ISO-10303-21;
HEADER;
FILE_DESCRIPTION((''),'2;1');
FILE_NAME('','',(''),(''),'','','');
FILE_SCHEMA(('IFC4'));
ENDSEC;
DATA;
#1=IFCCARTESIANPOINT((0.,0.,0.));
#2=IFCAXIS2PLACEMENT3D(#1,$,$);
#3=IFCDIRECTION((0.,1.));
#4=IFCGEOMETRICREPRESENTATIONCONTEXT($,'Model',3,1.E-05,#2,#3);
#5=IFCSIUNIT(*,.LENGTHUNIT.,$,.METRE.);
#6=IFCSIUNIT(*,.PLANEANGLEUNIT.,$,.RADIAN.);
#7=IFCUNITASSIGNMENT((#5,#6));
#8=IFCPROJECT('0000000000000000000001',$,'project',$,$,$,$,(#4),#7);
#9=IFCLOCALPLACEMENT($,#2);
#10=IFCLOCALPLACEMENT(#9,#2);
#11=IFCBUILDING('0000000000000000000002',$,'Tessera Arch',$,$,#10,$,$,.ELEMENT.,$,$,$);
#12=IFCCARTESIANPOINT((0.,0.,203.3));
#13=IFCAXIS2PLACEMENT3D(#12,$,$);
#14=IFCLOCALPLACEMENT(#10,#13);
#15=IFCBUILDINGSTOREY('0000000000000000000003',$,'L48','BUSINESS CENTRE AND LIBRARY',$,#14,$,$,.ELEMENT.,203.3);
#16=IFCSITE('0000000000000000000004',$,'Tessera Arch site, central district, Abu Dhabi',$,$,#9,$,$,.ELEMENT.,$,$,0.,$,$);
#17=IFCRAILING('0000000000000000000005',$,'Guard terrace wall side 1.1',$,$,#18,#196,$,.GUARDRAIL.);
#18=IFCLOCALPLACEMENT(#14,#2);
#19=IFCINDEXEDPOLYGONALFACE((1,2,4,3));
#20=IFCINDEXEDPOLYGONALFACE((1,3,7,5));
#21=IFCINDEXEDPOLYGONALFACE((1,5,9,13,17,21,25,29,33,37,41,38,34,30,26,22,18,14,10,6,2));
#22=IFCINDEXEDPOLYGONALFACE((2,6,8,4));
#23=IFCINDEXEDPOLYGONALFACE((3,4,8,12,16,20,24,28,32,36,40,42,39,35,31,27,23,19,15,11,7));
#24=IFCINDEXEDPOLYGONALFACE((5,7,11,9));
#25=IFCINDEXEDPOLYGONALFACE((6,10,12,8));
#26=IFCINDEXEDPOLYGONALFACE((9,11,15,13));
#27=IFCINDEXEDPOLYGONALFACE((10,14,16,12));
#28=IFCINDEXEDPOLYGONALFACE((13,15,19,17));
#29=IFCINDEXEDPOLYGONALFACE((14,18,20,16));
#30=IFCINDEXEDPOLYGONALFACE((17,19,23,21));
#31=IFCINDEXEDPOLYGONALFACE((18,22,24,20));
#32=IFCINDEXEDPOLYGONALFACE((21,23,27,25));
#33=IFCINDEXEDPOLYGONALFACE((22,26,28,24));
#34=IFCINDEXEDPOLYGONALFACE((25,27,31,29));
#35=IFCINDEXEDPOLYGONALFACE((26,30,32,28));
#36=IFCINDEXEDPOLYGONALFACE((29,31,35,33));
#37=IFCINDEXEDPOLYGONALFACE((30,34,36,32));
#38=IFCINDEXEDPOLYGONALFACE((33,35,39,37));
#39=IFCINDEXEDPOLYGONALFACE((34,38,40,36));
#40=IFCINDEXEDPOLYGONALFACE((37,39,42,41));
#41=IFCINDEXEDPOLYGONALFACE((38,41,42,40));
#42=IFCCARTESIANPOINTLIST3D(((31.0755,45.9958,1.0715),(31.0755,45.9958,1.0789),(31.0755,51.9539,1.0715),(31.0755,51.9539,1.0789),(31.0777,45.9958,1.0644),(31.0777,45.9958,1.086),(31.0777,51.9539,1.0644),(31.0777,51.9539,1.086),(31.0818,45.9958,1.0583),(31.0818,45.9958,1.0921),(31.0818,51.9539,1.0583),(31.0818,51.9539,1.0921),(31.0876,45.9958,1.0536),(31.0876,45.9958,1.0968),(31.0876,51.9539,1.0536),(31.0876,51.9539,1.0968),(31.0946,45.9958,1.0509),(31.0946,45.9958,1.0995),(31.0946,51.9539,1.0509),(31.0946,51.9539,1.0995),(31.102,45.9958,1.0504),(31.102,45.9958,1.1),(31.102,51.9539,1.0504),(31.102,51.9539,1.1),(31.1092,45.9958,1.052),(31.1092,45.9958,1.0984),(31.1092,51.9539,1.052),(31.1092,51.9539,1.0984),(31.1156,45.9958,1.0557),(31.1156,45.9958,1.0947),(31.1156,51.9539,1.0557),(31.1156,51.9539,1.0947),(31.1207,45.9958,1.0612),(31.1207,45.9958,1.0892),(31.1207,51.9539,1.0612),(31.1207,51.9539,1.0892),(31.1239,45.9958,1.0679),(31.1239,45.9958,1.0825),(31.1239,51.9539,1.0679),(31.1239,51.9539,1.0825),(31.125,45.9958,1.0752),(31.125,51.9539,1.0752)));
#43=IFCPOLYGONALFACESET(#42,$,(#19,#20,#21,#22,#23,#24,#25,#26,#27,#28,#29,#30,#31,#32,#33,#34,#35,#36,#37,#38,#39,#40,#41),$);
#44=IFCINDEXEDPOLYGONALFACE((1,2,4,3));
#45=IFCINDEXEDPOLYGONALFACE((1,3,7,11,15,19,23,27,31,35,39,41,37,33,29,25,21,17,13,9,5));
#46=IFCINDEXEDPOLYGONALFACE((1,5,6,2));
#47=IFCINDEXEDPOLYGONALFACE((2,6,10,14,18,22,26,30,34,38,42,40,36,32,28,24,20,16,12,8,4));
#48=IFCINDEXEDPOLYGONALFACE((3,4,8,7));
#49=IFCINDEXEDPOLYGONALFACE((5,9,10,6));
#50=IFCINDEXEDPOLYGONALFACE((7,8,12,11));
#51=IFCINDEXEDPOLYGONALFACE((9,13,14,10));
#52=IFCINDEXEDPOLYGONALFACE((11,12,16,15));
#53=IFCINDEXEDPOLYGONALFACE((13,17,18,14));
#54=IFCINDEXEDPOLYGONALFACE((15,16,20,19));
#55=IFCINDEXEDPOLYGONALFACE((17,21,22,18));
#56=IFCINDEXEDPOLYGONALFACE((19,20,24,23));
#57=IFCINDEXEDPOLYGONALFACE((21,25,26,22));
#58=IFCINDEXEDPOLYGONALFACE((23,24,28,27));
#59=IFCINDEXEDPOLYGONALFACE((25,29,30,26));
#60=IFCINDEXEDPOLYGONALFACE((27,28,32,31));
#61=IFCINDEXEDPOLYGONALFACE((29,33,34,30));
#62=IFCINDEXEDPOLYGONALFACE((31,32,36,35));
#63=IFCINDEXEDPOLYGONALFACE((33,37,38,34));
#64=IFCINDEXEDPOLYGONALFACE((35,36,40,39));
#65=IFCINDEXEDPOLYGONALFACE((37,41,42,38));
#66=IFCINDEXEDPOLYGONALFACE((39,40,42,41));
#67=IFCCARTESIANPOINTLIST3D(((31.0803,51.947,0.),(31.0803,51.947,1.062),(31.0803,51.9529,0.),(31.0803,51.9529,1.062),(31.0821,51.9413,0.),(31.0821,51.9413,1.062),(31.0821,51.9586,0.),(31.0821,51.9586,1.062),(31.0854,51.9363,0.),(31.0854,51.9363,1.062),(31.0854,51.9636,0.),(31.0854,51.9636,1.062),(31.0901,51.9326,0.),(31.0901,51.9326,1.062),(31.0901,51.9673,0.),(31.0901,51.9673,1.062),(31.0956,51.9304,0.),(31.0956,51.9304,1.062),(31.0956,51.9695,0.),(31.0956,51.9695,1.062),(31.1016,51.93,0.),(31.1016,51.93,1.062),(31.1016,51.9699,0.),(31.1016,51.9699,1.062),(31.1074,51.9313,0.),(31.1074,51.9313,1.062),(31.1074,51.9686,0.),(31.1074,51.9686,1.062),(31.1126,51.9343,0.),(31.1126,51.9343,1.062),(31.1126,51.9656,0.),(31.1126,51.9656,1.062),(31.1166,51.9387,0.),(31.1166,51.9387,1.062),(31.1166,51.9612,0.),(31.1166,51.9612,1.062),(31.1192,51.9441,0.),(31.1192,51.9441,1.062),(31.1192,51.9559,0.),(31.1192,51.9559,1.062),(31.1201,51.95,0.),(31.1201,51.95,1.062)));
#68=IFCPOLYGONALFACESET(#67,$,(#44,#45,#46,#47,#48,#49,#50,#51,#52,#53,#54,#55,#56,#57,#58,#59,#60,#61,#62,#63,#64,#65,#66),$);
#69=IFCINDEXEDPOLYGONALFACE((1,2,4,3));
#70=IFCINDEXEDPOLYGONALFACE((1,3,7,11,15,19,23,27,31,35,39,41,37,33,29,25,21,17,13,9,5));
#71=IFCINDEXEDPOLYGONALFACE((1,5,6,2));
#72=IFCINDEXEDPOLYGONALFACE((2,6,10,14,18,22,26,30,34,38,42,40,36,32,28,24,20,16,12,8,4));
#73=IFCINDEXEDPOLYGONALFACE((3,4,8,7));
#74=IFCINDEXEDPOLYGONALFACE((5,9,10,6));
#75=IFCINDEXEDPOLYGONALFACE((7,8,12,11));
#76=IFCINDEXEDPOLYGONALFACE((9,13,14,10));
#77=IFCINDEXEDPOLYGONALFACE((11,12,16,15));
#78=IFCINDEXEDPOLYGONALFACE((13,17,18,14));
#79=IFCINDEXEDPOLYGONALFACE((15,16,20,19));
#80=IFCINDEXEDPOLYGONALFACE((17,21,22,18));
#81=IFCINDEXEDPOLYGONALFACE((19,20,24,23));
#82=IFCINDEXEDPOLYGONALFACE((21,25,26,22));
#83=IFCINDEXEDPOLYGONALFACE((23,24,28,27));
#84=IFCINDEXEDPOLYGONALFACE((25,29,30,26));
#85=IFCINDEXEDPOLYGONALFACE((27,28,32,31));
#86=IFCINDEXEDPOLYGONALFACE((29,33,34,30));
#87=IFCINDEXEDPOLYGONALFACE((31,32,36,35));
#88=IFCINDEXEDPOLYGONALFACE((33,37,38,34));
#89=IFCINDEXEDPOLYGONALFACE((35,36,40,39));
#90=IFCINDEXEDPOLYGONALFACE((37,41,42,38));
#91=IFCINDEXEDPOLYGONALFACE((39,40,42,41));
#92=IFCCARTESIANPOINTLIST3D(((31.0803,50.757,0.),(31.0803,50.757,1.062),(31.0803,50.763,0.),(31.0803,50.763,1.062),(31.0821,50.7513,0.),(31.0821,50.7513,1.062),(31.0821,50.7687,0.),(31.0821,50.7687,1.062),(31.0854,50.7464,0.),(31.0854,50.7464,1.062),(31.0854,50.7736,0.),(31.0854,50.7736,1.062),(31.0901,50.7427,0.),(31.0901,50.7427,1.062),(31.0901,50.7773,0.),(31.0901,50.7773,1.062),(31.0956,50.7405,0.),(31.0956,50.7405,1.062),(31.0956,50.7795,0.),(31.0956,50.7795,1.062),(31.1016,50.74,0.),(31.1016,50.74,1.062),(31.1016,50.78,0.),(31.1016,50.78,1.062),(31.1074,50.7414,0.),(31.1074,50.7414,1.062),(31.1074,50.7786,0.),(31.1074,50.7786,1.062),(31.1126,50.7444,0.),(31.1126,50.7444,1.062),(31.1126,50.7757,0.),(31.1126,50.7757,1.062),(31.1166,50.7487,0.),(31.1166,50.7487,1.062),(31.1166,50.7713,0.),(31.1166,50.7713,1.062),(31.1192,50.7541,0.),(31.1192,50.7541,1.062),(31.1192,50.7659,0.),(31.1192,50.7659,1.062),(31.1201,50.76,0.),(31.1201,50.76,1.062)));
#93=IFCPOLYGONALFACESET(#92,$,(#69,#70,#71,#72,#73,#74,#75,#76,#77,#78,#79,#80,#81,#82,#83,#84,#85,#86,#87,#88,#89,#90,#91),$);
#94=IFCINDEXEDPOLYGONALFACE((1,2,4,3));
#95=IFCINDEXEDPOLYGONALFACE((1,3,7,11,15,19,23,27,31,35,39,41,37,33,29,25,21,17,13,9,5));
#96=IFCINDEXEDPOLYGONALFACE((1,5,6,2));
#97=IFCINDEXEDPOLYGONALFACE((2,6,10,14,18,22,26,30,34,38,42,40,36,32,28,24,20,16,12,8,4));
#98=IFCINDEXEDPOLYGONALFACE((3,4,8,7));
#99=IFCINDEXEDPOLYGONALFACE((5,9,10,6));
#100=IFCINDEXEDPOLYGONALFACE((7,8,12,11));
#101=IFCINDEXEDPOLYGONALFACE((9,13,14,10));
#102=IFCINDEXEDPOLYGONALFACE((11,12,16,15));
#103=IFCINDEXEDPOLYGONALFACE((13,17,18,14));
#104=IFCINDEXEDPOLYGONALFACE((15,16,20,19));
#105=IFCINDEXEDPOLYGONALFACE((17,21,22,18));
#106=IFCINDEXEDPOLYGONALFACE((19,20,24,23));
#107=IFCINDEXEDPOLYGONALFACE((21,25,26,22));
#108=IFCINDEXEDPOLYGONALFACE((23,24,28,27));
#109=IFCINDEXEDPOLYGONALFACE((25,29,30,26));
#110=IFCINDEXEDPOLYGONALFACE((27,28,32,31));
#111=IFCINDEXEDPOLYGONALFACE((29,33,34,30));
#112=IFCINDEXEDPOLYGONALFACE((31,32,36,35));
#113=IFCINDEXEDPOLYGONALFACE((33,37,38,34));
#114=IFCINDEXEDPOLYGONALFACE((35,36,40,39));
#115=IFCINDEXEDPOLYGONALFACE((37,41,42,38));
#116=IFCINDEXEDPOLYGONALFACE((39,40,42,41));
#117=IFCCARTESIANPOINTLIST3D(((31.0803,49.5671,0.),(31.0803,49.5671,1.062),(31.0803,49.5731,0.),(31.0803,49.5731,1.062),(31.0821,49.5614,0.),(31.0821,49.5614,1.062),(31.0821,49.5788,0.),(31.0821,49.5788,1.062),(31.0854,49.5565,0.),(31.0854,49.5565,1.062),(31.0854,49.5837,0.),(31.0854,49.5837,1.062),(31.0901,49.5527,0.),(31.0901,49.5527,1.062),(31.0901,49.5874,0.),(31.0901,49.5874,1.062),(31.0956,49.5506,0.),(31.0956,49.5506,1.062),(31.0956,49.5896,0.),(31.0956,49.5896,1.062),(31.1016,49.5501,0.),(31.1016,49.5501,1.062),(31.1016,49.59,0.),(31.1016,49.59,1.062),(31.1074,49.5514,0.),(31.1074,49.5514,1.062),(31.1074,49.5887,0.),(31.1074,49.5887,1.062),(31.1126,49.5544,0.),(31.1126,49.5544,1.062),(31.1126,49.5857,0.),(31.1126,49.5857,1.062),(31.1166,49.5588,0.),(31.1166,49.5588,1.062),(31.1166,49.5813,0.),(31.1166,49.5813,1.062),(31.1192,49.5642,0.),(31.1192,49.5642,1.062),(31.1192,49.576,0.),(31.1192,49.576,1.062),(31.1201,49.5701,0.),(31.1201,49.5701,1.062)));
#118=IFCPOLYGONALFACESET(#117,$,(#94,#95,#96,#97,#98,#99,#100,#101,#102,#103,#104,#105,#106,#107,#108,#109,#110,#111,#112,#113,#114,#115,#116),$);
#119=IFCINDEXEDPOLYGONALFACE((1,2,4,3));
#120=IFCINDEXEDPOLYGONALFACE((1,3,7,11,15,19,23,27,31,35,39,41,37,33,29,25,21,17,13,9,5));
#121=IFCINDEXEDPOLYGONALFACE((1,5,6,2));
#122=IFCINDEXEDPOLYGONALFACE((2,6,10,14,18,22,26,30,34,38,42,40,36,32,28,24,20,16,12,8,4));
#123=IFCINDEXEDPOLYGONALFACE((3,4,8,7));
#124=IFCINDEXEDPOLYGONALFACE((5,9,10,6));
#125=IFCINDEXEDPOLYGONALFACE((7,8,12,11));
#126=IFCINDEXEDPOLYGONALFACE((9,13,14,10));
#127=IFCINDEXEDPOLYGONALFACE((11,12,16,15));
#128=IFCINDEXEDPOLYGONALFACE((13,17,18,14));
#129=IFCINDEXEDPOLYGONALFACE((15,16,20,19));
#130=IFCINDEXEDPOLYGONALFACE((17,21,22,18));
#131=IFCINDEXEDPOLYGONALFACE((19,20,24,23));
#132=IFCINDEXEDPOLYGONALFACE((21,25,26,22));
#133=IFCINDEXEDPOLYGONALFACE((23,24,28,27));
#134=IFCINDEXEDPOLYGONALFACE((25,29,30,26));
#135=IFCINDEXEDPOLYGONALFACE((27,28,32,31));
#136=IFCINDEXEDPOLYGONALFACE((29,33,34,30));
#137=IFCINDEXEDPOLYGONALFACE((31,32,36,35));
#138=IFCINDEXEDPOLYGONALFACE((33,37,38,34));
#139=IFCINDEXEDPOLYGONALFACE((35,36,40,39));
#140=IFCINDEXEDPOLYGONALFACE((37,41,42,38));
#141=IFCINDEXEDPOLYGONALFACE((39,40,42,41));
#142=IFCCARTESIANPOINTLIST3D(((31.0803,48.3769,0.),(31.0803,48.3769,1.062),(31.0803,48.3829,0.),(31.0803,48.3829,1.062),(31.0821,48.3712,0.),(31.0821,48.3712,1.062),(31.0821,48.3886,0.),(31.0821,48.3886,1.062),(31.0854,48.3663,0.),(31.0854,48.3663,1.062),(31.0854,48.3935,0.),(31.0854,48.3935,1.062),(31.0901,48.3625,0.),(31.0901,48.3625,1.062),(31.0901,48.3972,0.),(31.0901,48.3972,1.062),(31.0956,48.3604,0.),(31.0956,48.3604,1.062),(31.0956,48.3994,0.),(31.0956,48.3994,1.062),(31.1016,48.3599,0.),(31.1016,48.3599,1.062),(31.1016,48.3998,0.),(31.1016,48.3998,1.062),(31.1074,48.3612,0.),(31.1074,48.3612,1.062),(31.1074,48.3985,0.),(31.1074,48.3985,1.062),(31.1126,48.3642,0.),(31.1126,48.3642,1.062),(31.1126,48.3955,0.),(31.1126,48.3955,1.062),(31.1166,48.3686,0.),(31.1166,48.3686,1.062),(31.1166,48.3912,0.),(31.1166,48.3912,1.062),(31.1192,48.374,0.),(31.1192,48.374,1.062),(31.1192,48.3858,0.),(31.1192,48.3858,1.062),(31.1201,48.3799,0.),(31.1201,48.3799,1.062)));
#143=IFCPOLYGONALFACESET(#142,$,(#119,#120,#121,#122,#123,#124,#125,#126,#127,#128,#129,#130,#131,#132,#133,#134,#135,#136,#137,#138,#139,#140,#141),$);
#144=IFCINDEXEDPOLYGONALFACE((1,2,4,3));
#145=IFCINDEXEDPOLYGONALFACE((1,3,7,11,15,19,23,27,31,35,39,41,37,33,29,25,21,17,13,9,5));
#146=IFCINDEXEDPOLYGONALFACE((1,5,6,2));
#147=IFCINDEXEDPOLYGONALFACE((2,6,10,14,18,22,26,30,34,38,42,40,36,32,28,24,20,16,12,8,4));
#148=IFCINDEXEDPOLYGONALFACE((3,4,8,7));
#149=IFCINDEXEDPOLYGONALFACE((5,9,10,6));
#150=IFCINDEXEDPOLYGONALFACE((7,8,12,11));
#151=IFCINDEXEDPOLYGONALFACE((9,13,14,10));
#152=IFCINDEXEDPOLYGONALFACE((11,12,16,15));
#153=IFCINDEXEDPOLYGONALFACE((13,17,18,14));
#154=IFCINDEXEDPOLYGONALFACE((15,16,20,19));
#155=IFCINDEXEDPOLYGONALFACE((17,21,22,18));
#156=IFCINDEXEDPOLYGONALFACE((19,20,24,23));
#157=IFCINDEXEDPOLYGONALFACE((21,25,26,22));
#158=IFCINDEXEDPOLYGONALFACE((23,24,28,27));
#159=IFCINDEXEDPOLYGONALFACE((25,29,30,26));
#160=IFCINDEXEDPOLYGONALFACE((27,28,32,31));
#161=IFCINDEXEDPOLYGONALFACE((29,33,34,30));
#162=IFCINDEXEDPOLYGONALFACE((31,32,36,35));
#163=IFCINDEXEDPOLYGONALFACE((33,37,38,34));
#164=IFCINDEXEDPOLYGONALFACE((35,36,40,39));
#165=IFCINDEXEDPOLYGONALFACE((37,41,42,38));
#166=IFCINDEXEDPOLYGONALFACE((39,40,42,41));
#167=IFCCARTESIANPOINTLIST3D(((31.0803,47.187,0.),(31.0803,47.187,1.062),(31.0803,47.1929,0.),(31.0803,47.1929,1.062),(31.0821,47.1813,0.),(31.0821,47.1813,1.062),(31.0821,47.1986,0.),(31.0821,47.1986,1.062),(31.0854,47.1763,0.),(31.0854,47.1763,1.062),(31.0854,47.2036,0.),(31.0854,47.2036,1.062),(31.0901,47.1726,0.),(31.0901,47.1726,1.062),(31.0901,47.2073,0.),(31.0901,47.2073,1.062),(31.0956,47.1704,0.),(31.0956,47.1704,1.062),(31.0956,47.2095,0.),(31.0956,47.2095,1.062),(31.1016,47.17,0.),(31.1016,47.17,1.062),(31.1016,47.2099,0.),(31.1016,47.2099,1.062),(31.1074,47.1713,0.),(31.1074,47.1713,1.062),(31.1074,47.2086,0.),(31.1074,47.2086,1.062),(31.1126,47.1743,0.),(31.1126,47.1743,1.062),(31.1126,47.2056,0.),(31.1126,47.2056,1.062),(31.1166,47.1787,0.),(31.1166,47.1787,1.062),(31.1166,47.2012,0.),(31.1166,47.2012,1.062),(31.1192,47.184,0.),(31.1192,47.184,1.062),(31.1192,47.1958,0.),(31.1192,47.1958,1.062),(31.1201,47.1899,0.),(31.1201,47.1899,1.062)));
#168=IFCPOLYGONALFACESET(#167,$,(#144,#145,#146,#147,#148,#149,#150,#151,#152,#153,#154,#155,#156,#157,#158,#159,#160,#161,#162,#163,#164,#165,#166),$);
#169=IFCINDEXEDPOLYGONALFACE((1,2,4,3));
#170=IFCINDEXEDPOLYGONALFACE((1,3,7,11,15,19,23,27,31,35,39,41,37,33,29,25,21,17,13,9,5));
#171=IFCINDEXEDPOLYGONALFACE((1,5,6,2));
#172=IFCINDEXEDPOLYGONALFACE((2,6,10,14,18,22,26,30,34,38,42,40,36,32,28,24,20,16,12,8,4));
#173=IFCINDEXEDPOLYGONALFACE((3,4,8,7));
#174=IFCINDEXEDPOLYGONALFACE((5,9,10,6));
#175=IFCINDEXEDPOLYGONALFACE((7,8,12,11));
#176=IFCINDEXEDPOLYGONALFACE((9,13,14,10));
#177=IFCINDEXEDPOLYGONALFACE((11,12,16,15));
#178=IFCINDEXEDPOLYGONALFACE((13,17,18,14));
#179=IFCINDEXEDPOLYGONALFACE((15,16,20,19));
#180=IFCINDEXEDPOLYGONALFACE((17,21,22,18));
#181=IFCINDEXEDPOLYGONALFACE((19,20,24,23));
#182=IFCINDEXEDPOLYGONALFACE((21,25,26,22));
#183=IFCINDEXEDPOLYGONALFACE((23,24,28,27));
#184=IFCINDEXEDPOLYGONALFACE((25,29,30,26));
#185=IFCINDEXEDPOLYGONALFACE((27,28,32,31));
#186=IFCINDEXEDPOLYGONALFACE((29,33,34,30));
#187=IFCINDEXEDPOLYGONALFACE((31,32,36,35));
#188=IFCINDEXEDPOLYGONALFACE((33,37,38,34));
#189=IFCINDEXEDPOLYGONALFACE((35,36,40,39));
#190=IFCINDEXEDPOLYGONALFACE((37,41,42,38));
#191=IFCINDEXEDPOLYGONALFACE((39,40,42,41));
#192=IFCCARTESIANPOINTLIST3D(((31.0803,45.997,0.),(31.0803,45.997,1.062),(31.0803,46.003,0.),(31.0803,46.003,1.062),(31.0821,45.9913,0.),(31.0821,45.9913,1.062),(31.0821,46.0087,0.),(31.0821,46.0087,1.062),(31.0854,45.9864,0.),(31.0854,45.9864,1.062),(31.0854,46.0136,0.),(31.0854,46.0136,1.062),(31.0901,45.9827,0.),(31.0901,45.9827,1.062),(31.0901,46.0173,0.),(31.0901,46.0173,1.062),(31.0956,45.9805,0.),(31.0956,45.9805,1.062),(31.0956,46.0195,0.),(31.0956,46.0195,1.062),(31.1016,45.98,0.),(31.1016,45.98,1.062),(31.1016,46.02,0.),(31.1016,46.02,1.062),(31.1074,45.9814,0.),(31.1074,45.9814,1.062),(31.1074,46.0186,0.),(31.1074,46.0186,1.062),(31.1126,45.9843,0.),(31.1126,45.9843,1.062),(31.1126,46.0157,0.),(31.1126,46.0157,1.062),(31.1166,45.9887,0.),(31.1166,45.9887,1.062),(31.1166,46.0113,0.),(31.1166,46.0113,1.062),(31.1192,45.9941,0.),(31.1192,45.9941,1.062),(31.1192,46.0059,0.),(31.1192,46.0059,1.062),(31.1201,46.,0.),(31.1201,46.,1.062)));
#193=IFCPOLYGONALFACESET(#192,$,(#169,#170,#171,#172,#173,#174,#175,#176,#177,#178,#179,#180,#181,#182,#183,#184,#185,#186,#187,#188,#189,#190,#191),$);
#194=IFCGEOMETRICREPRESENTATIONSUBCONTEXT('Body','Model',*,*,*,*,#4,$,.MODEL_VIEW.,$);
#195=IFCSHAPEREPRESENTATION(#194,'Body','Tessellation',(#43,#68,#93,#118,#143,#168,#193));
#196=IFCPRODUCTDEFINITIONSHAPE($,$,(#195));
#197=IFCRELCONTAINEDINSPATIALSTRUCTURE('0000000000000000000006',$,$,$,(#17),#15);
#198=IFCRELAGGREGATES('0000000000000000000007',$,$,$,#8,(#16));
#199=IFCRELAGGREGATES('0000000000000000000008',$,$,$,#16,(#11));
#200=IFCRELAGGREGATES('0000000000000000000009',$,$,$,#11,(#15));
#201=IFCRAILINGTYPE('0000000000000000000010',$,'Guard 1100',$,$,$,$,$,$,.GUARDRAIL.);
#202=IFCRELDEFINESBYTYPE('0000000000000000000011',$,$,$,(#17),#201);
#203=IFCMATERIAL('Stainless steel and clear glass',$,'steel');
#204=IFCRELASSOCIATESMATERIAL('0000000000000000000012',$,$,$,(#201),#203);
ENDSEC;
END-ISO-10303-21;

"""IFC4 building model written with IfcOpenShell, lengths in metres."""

from ifc_helpers import new_model, si_unit, direction, frame, origin, origin_2d, place, context, subcontext, project, spatial, circle, extrude, material, type_object, element, save


model = new_model("IFC4")

# Units and contexts
model_context = context("Model", 3, precision=1e-05, world=origin(), true_north=direction((0.0, 1.0)))
body_context = subcontext(model_context, "Body", "Model", "MODEL_VIEW")
ifc_project = project(units=[si_unit("LENGTHUNIT", "METRE"), si_unit("PLANEANGLEUNIT", "RADIAN")], contexts=[model_context])

# Site, building, storey
site_placement = place(None, origin())
site = spatial("IfcSite", under=ifc_project, at=site_placement, Name="Tessera Arch site, central district, Abu Dhabi", CompositionType="ELEMENT", RefElevation=0.0)
building_placement = place(site_placement, origin())
building = spatial("IfcBuilding", under=site, at=building_placement, Name="Tessera Arch", CompositionType="ELEMENT")
storey_placement = place(building_placement, frame((0.0, 0.0, 203.3)))
storey = spatial("IfcBuildingStorey", under=building, at=storey_placement, Name="L48", Description="BUSINESS CENTRE AND LIBRARY", CompositionType="ELEMENT", Elevation=203.3)

# Railing
ifc_material_1 = material(Name="Stainless steel and clear glass", Category="steel")
railing_type = type_object("IfcRailingType", Name="Guard 1100", PredefinedType="GUARDRAIL", material=ifc_material_1)
railing_1_placement = place(storey_placement, frame((31.1001, 51.95, 0.0)))
element("IfcRailing", 1, at=railing_1_placement, inside=storey, type_object=railing_type, Name="Guard terrace wall side 1.1", PredefinedType="GUARDRAIL", context=body_context, shape_type="SweptSolid", body=[
    extrude(circle(Radius=0.0249, at=origin_2d()), frame((0.0, 0.0039, 1.0752), z_axis=(0.0, -1.0, 0.0), x_axis=(1.0, 0.0, 0.0)), (0.0, 0.0, 1.0), 5.958),
    extrude(circle(Radius=0.02, at=origin_2d()), origin(), (0.0, 0.0, 1.0), 1.062),
    extrude(circle(Radius=0.02, at=origin_2d()), frame((0.0, -1.1899, 0.0)), (0.0, 0.0, 1.0), 1.062),
    extrude(circle(Radius=0.02, at=origin_2d()), frame((0.0, -2.3799, 0.0)), (0.0, 0.0, 1.0), 1.062),
    extrude(circle(Radius=0.02, at=origin_2d()), frame((0.0, -3.5701, 0.0)), (0.0, 0.0, 1.0), 1.062),
    extrude(circle(Radius=0.02, at=origin_2d()), frame((0.0, -4.76, 0.0)), (0.0, 0.0, 1.0), 1.062),
    extrude(circle(Radius=0.02, at=origin_2d()), frame((0.0, -5.95, 0.0)), (0.0, 0.0, 1.0), 1.062),
])

save(model, "model.ifc")
